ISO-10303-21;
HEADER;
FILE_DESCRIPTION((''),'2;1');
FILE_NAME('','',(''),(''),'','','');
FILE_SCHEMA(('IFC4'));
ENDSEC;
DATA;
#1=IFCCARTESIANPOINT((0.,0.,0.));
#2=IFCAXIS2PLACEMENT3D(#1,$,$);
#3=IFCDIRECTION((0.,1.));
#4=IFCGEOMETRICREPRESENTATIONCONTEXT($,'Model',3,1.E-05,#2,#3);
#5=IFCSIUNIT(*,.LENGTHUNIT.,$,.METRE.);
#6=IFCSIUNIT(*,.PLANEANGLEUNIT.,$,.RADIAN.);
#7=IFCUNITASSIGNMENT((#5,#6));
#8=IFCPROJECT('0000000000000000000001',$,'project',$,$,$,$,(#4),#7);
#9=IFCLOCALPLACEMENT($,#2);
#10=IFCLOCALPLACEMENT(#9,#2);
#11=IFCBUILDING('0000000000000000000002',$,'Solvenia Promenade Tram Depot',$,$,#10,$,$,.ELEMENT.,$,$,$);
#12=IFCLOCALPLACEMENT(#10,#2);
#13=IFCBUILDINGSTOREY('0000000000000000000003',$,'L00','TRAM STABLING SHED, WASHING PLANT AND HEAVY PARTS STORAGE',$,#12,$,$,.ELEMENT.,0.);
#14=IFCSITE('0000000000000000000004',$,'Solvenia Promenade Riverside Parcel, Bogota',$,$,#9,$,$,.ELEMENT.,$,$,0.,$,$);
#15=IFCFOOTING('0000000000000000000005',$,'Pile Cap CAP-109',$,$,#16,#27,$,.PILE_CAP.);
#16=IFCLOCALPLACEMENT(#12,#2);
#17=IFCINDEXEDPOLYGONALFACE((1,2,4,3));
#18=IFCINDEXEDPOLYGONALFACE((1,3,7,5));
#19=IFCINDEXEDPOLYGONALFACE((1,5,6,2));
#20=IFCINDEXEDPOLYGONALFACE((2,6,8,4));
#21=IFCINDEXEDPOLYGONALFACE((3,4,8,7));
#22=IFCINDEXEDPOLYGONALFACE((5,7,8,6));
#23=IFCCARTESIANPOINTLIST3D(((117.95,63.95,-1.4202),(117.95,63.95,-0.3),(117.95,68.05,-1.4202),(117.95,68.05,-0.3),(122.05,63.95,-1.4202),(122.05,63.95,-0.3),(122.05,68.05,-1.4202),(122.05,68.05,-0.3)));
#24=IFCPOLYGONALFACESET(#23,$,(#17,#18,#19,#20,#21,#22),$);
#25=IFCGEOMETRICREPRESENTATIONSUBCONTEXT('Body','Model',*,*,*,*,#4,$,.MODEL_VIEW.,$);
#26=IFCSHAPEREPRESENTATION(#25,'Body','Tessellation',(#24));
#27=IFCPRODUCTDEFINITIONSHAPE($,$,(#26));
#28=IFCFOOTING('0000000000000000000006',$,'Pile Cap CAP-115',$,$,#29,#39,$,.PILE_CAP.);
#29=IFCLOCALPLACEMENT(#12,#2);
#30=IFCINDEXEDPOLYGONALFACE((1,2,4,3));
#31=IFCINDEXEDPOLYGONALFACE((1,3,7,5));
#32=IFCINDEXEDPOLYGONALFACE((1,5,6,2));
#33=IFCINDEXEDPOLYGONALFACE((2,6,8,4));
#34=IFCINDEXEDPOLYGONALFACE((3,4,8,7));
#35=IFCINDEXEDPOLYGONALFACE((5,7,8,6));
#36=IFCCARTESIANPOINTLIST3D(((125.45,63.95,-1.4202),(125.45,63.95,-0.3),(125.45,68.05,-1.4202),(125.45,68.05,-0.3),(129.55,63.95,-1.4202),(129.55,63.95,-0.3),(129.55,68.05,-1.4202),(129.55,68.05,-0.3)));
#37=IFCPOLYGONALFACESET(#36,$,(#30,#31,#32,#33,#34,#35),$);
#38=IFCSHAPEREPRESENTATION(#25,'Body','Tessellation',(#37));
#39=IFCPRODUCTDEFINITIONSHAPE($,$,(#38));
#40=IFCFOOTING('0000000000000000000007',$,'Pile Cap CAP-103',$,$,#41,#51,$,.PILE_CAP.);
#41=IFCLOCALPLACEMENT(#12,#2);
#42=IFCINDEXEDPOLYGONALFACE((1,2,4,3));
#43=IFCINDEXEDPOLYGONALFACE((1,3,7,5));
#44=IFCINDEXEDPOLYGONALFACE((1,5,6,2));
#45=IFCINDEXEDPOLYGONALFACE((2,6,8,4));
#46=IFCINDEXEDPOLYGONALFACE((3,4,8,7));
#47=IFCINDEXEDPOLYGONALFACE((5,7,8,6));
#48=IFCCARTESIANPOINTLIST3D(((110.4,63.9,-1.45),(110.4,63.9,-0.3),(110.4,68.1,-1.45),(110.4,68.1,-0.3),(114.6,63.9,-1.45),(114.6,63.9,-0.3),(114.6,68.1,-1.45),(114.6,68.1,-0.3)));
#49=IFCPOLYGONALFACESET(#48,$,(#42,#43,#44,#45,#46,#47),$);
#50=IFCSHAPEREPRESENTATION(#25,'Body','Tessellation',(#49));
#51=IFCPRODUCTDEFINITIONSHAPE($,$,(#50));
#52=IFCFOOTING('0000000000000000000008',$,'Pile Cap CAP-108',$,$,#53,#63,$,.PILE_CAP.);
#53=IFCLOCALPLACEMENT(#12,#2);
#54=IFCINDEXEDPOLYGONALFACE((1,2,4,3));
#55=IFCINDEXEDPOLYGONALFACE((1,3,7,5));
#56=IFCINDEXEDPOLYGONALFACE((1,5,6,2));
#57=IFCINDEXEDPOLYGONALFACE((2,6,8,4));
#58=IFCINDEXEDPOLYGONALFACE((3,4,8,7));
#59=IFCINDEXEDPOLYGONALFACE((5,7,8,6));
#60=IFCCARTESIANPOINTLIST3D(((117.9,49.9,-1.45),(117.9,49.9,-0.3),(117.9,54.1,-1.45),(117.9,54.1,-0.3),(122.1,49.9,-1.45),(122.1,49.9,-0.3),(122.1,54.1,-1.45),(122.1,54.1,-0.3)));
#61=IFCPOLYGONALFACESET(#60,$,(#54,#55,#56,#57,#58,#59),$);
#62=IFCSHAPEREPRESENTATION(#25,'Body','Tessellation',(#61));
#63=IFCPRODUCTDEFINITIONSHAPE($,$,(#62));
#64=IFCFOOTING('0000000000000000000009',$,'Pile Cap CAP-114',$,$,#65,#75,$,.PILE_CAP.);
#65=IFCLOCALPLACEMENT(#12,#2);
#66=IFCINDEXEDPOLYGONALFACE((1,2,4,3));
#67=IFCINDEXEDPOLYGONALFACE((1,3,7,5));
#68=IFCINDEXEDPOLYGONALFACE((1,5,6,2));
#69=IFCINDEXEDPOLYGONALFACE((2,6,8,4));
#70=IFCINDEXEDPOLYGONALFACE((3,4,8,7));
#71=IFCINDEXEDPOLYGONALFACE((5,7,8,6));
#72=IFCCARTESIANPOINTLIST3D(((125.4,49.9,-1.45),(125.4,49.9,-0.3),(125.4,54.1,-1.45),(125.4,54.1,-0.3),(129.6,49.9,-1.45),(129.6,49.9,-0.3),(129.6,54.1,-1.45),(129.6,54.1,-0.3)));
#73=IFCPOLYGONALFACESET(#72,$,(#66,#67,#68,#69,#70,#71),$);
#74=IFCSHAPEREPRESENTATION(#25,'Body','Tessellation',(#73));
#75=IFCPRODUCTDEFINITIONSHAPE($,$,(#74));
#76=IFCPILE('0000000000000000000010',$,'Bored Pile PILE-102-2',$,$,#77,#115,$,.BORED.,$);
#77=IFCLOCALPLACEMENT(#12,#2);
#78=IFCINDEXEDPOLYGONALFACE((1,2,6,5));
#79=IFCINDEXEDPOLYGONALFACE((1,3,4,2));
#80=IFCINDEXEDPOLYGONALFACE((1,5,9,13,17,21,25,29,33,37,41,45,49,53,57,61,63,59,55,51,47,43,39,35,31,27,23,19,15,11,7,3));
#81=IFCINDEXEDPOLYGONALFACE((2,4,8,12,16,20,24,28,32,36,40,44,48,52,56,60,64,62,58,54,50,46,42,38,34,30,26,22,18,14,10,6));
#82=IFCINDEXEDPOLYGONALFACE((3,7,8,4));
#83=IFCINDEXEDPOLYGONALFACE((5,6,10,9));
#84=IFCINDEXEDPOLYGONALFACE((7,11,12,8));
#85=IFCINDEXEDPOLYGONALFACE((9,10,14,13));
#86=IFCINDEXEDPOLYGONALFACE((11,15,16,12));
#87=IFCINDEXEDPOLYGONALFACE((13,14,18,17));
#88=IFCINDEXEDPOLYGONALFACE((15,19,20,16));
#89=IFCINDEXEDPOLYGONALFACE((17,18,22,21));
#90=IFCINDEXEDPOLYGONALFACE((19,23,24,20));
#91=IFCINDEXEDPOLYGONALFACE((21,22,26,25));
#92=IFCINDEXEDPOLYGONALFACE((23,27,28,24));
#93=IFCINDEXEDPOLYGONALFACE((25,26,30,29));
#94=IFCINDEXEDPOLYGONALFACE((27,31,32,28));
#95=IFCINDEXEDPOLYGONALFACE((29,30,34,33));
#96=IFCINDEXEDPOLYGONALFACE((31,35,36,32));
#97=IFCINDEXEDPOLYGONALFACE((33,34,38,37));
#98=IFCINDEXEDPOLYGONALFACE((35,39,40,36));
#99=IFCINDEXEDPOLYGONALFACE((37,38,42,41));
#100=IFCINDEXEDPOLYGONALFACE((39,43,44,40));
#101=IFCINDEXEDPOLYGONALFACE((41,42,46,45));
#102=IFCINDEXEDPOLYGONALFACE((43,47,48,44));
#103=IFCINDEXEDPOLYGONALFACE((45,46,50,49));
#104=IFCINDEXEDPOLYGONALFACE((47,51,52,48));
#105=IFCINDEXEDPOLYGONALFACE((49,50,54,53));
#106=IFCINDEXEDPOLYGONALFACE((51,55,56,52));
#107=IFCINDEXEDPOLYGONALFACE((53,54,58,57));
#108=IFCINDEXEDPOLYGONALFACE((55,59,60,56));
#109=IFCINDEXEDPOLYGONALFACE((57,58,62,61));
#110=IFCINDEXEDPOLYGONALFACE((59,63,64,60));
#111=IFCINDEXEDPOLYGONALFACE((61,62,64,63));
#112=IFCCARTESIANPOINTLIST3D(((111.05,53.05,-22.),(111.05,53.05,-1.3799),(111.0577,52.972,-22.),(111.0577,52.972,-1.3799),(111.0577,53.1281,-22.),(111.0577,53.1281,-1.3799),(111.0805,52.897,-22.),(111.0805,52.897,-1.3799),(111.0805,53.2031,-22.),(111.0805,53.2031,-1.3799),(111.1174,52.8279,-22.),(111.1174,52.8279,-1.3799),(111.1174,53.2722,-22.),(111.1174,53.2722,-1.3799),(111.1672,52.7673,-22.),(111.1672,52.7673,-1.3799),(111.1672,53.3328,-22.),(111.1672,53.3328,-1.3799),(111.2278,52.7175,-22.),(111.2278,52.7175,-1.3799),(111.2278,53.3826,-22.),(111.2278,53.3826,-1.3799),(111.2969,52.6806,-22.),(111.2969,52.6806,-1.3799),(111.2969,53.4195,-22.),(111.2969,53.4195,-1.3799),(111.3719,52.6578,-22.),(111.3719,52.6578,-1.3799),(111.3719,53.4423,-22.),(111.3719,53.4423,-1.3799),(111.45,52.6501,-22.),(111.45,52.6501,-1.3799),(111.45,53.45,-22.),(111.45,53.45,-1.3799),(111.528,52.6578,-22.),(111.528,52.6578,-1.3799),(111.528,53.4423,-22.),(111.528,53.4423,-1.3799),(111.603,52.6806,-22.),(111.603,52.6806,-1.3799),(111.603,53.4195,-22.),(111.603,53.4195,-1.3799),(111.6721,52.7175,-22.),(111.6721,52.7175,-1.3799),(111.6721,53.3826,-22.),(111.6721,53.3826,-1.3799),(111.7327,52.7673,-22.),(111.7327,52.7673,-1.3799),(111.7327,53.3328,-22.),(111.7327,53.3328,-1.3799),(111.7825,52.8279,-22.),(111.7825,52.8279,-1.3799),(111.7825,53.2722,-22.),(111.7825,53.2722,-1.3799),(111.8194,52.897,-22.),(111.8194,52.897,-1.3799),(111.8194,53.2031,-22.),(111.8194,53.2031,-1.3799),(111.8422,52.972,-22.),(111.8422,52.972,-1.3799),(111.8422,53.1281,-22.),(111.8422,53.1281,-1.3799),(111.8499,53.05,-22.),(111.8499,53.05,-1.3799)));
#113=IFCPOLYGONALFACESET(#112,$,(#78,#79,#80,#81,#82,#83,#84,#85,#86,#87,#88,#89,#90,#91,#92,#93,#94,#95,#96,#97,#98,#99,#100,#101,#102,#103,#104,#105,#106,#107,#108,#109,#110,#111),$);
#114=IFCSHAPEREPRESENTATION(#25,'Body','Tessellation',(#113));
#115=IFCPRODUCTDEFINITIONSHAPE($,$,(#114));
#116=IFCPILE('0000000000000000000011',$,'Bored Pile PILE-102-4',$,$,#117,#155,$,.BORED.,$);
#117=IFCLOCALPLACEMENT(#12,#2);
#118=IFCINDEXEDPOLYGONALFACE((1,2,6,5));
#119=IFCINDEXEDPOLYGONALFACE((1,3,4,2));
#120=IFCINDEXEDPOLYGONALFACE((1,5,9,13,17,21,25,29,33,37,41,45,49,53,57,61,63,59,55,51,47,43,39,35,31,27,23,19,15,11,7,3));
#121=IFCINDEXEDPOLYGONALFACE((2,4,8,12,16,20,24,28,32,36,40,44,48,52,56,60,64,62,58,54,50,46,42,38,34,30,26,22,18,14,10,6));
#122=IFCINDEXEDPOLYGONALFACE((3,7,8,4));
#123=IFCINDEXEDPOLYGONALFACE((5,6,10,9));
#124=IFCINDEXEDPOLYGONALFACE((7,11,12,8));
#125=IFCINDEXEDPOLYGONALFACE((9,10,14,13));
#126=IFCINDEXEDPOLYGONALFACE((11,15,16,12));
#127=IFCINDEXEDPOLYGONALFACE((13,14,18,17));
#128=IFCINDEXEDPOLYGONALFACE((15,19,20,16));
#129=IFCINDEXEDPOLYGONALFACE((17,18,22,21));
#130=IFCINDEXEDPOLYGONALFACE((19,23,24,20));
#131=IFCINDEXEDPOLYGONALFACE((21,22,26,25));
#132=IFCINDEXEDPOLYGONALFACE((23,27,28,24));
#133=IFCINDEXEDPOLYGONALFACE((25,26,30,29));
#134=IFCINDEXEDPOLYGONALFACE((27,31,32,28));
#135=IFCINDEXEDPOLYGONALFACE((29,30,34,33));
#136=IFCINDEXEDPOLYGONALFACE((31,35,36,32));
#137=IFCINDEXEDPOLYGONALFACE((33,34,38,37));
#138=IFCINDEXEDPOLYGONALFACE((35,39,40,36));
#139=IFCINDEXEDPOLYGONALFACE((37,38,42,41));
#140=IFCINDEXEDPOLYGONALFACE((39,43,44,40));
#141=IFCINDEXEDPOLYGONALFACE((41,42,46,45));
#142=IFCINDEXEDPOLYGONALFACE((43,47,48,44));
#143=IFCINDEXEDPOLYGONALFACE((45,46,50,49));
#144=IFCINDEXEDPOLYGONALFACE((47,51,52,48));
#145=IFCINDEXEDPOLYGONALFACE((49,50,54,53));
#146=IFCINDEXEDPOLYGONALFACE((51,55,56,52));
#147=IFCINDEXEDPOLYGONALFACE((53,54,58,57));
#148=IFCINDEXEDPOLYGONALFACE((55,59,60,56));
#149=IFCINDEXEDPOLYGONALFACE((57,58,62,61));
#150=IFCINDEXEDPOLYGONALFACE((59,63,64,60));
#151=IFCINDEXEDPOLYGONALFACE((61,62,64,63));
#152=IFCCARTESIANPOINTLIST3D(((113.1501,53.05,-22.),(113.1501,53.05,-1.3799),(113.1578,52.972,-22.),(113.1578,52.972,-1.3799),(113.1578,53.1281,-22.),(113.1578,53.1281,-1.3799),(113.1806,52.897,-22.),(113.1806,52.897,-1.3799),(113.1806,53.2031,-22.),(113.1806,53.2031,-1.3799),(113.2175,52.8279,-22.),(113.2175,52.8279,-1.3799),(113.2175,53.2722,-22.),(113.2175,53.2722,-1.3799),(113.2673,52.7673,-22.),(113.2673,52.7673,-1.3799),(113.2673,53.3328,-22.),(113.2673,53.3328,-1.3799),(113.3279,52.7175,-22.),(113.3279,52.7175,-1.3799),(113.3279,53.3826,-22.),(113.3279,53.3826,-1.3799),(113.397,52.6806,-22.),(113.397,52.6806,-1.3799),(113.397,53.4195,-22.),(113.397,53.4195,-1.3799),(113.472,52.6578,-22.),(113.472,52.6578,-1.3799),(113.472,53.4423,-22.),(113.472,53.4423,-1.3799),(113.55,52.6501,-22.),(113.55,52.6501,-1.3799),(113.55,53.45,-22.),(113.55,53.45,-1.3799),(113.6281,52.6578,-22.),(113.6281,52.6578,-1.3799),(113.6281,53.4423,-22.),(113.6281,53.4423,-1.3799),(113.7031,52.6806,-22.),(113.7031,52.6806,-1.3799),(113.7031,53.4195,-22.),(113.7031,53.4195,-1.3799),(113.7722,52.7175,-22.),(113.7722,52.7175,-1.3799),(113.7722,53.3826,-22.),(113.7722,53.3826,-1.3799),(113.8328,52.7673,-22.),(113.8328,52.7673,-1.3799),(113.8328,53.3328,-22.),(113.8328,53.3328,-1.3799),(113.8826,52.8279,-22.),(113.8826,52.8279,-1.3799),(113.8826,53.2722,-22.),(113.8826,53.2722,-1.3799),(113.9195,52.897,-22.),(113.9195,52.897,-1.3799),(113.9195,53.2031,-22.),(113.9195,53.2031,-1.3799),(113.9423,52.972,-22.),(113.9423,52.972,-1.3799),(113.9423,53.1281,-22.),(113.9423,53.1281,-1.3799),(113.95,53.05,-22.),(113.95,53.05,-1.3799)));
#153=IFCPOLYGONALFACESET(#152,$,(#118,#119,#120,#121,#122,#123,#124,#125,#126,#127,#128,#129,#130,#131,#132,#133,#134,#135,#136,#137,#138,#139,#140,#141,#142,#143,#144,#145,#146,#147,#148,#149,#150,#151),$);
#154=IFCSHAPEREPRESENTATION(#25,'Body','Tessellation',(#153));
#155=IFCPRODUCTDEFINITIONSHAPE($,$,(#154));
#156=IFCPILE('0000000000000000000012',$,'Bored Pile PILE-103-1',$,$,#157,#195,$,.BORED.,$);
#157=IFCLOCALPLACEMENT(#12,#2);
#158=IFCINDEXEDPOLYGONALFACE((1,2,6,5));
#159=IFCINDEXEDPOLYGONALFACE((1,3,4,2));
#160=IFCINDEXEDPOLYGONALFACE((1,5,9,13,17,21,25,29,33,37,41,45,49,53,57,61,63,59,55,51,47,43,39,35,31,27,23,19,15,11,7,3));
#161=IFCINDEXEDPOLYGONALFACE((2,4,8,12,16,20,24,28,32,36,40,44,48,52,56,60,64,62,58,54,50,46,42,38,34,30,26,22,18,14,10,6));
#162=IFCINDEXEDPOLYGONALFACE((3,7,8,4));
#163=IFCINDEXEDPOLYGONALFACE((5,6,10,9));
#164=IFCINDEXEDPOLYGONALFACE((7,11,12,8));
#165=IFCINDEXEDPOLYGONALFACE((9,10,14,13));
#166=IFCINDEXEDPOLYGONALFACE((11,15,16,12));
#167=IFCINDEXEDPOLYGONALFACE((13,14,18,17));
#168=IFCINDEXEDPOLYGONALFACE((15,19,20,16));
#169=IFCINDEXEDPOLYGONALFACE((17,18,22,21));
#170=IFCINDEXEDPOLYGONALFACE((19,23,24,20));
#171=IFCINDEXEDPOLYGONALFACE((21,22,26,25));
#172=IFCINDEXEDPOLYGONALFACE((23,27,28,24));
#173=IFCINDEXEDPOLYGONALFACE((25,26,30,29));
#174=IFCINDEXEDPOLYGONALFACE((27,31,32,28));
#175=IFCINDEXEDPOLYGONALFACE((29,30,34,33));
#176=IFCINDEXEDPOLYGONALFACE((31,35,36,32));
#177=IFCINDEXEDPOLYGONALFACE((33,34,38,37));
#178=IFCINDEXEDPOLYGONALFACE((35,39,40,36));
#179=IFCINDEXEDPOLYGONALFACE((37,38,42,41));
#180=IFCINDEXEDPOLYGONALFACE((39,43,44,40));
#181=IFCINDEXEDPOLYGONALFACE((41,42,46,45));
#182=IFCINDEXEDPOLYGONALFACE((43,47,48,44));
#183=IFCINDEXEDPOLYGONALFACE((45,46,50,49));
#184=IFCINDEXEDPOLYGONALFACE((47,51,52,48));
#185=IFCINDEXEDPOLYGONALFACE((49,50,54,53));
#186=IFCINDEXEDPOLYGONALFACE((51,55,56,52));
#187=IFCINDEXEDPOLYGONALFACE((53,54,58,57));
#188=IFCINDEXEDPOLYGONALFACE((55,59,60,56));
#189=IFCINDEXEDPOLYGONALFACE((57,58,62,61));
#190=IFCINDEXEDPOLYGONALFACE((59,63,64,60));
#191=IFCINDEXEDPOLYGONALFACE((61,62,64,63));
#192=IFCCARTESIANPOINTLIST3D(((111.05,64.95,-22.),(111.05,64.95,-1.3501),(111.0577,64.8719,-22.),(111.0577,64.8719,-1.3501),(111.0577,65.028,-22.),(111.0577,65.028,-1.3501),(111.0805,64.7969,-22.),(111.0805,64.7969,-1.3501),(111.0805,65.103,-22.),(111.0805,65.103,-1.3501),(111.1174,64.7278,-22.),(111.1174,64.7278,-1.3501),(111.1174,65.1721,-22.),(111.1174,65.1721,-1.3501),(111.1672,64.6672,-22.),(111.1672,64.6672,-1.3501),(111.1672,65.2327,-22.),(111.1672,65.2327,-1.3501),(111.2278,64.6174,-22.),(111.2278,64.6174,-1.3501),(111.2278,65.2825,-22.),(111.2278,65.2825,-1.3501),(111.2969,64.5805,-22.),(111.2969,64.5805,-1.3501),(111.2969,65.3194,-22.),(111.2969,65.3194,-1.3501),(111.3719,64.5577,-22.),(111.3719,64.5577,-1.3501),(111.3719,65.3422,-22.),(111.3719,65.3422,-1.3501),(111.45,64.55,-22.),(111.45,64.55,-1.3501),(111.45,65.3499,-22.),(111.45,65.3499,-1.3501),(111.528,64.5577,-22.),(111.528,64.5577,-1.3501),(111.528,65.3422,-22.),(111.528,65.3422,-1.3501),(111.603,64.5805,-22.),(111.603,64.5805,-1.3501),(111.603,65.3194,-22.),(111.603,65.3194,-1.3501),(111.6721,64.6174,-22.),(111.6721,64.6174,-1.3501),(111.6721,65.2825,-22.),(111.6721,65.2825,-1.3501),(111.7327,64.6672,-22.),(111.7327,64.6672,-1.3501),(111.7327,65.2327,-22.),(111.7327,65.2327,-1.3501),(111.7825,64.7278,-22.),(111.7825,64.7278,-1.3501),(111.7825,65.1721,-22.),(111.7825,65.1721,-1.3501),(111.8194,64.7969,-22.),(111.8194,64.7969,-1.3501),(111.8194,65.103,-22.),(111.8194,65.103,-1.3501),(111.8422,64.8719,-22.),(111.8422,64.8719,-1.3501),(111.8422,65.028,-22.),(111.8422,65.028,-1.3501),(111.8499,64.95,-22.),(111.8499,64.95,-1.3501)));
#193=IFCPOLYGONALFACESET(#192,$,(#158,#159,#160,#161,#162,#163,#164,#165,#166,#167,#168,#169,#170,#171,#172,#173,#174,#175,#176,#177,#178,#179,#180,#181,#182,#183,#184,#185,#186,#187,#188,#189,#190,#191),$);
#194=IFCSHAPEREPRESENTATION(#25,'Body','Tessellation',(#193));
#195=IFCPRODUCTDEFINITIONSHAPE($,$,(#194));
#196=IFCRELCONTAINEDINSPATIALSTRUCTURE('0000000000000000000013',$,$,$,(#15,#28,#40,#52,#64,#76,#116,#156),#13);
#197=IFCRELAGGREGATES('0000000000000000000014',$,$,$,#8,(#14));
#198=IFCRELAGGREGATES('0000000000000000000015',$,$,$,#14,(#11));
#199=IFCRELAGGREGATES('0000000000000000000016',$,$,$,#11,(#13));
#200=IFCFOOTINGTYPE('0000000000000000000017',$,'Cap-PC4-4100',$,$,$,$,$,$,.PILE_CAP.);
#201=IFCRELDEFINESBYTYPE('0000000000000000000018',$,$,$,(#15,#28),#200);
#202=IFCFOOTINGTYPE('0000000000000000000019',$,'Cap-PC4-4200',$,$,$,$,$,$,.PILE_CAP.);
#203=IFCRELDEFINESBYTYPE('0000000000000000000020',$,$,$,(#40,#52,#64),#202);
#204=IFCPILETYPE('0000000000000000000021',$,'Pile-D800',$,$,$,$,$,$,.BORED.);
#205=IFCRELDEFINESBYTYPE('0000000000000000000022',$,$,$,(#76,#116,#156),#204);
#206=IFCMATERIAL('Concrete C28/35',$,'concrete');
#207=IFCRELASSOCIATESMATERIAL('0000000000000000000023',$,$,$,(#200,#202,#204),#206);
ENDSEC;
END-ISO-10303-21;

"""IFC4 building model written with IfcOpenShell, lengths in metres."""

from ifc_helpers import new_model, si_unit, direction, frame, origin, origin_2d, place, context, subcontext, project, spatial, rectangle, circle, extrude, material, material_profile, profile_set, type_object, element, save


model = new_model("IFC4")

# Units and contexts
model_context = context("Model", 3, precision=1e-05, world=origin(), true_north=direction((0.0, 1.0)))
body_context = subcontext(model_context, "Body", "Model", "MODEL_VIEW")
ifc_project = project(units=[si_unit("LENGTHUNIT", "METRE"), si_unit("PLANEANGLEUNIT", "RADIAN")], contexts=[model_context])

# Site, building, storey
site_placement = place(None, origin())
site = spatial("IfcSite", under=ifc_project, at=site_placement, Name="Solvenia Promenade Riverside Parcel, Bogota", CompositionType="ELEMENT", RefElevation=0.0)
building_placement = place(site_placement, origin())
building = spatial("IfcBuilding", under=site, at=building_placement, Name="Solvenia Promenade Tram Depot", CompositionType="ELEMENT")
storey_placement = place(building_placement, origin())
storey = spatial("IfcBuildingStorey", under=building, at=storey_placement, Name="L00", Description="TRAM STABLING SHED, WASHING PLANT AND HEAVY PARTS STORAGE", CompositionType="ELEMENT", Elevation=0.0)

# Footings
ifc_material_1 = material(Name="Concrete C28/35", Category="concrete")
footing_type_1 = type_object("IfcFootingType", Name="Cap-PC4-4100", PredefinedType="PILE_CAP", material=ifc_material_1)
for number, where, z_axis, x_axis, name in (
    (1, (120.0, 66.0, -1.4202), (0.0, 0.0, 1.0), (1.0, 0.0, 0.0), "Pile Cap CAP-109"),
    (2, (127.5, 66.0, -1.4202), (0.0, 0.0, 1.0), (1.0, 0.0, 0.0), "Pile Cap CAP-115"),
):
    element("IfcFooting", number, at=place(storey_placement, frame(where, z_axis=z_axis, x_axis=x_axis)), inside=storey, type_object=footing_type_1, Name=name, PredefinedType="PILE_CAP", context=body_context, shape_type="SweptSolid", body=[
        extrude(rectangle(XDim=4.1001, YDim=4.1001, at=origin_2d()), origin(), (0.0, 0.0, 1.0), 1.1201),
    ])
footing_type_2 = type_object("IfcFootingType", Name="Cap-PC4-4200", PredefinedType="PILE_CAP", material=ifc_material_1)
for number, where, z_axis, x_axis, name in (
    (3, (112.5, 66.0, -1.45), (0.0, 0.0, 1.0), (1.0, 0.0, 0.0), "Pile Cap CAP-103"),
    (4, (120.0, 52.0, -1.45), (0.0, 0.0, 1.0), (1.0, 0.0, 0.0), "Pile Cap CAP-108"),
    (5, (127.5, 52.0, -1.45), (0.0, 0.0, 1.0), (1.0, 0.0, 0.0), "Pile Cap CAP-114"),
):
    element("IfcFooting", number, at=place(storey_placement, frame(where, z_axis=z_axis, x_axis=x_axis)), inside=storey, type_object=footing_type_2, Name=name, PredefinedType="PILE_CAP", context=body_context, shape_type="SweptSolid", body=[
        extrude(rectangle(XDim=4.2, YDim=4.2, at=origin_2d()), origin(), (0.0, 0.0, 1.0), 1.1499),
    ])

# Piles
ifc_material_profile_1 = material_profile(ifc_material_1, circle(Radius=0.3999, at=origin_2d()), Name="D800", Category="concrete")
ifc_profile_set_1 = profile_set([ifc_material_profile_1], Name="Concrete C28/35")
pile_type = type_object("IfcPileType", Name="Pile-D800", PredefinedType="BORED", material=ifc_profile_set_1)
for number, where, z_axis, x_axis, name in (
    (6, (111.45, 53.05, -1.3799), (0.0, 0.0, -1.0), (1.0, 0.0, 0.0), "Bored Pile PILE-102-2"),
    (7, (113.55, 53.05, -1.3799), (0.0, 0.0, -1.0), (1.0, 0.0, 0.0), "Bored Pile PILE-102-4"),
):
    element("IfcPile", number, at=place(storey_placement, frame(where, z_axis=z_axis, x_axis=x_axis)), inside=storey, type_object=pile_type, Name=name, PredefinedType="BORED", context=body_context, shape_type="SweptSolid", body=[
        extrude(circle(Radius=0.3999, at=origin_2d()), origin(), (0.0, 0.0, 1.0), 20.6201),
    ])
for number, where, z_axis, x_axis, name in (
    (8, (111.45, 64.95, -1.3501), (0.0, 0.0, -1.0), (1.0, 0.0, 0.0), "Bored Pile PILE-103-1"),
):
    element("IfcPile", number, at=place(storey_placement, frame(where, z_axis=z_axis, x_axis=x_axis)), inside=storey, type_object=pile_type, Name=name, PredefinedType="BORED", context=body_context, shape_type="SweptSolid", body=[
        extrude(circle(Radius=0.3999, at=origin_2d()), origin(), (0.0, 0.0, 1.0), 20.6499),
    ])

save(model, "model.ifc")
